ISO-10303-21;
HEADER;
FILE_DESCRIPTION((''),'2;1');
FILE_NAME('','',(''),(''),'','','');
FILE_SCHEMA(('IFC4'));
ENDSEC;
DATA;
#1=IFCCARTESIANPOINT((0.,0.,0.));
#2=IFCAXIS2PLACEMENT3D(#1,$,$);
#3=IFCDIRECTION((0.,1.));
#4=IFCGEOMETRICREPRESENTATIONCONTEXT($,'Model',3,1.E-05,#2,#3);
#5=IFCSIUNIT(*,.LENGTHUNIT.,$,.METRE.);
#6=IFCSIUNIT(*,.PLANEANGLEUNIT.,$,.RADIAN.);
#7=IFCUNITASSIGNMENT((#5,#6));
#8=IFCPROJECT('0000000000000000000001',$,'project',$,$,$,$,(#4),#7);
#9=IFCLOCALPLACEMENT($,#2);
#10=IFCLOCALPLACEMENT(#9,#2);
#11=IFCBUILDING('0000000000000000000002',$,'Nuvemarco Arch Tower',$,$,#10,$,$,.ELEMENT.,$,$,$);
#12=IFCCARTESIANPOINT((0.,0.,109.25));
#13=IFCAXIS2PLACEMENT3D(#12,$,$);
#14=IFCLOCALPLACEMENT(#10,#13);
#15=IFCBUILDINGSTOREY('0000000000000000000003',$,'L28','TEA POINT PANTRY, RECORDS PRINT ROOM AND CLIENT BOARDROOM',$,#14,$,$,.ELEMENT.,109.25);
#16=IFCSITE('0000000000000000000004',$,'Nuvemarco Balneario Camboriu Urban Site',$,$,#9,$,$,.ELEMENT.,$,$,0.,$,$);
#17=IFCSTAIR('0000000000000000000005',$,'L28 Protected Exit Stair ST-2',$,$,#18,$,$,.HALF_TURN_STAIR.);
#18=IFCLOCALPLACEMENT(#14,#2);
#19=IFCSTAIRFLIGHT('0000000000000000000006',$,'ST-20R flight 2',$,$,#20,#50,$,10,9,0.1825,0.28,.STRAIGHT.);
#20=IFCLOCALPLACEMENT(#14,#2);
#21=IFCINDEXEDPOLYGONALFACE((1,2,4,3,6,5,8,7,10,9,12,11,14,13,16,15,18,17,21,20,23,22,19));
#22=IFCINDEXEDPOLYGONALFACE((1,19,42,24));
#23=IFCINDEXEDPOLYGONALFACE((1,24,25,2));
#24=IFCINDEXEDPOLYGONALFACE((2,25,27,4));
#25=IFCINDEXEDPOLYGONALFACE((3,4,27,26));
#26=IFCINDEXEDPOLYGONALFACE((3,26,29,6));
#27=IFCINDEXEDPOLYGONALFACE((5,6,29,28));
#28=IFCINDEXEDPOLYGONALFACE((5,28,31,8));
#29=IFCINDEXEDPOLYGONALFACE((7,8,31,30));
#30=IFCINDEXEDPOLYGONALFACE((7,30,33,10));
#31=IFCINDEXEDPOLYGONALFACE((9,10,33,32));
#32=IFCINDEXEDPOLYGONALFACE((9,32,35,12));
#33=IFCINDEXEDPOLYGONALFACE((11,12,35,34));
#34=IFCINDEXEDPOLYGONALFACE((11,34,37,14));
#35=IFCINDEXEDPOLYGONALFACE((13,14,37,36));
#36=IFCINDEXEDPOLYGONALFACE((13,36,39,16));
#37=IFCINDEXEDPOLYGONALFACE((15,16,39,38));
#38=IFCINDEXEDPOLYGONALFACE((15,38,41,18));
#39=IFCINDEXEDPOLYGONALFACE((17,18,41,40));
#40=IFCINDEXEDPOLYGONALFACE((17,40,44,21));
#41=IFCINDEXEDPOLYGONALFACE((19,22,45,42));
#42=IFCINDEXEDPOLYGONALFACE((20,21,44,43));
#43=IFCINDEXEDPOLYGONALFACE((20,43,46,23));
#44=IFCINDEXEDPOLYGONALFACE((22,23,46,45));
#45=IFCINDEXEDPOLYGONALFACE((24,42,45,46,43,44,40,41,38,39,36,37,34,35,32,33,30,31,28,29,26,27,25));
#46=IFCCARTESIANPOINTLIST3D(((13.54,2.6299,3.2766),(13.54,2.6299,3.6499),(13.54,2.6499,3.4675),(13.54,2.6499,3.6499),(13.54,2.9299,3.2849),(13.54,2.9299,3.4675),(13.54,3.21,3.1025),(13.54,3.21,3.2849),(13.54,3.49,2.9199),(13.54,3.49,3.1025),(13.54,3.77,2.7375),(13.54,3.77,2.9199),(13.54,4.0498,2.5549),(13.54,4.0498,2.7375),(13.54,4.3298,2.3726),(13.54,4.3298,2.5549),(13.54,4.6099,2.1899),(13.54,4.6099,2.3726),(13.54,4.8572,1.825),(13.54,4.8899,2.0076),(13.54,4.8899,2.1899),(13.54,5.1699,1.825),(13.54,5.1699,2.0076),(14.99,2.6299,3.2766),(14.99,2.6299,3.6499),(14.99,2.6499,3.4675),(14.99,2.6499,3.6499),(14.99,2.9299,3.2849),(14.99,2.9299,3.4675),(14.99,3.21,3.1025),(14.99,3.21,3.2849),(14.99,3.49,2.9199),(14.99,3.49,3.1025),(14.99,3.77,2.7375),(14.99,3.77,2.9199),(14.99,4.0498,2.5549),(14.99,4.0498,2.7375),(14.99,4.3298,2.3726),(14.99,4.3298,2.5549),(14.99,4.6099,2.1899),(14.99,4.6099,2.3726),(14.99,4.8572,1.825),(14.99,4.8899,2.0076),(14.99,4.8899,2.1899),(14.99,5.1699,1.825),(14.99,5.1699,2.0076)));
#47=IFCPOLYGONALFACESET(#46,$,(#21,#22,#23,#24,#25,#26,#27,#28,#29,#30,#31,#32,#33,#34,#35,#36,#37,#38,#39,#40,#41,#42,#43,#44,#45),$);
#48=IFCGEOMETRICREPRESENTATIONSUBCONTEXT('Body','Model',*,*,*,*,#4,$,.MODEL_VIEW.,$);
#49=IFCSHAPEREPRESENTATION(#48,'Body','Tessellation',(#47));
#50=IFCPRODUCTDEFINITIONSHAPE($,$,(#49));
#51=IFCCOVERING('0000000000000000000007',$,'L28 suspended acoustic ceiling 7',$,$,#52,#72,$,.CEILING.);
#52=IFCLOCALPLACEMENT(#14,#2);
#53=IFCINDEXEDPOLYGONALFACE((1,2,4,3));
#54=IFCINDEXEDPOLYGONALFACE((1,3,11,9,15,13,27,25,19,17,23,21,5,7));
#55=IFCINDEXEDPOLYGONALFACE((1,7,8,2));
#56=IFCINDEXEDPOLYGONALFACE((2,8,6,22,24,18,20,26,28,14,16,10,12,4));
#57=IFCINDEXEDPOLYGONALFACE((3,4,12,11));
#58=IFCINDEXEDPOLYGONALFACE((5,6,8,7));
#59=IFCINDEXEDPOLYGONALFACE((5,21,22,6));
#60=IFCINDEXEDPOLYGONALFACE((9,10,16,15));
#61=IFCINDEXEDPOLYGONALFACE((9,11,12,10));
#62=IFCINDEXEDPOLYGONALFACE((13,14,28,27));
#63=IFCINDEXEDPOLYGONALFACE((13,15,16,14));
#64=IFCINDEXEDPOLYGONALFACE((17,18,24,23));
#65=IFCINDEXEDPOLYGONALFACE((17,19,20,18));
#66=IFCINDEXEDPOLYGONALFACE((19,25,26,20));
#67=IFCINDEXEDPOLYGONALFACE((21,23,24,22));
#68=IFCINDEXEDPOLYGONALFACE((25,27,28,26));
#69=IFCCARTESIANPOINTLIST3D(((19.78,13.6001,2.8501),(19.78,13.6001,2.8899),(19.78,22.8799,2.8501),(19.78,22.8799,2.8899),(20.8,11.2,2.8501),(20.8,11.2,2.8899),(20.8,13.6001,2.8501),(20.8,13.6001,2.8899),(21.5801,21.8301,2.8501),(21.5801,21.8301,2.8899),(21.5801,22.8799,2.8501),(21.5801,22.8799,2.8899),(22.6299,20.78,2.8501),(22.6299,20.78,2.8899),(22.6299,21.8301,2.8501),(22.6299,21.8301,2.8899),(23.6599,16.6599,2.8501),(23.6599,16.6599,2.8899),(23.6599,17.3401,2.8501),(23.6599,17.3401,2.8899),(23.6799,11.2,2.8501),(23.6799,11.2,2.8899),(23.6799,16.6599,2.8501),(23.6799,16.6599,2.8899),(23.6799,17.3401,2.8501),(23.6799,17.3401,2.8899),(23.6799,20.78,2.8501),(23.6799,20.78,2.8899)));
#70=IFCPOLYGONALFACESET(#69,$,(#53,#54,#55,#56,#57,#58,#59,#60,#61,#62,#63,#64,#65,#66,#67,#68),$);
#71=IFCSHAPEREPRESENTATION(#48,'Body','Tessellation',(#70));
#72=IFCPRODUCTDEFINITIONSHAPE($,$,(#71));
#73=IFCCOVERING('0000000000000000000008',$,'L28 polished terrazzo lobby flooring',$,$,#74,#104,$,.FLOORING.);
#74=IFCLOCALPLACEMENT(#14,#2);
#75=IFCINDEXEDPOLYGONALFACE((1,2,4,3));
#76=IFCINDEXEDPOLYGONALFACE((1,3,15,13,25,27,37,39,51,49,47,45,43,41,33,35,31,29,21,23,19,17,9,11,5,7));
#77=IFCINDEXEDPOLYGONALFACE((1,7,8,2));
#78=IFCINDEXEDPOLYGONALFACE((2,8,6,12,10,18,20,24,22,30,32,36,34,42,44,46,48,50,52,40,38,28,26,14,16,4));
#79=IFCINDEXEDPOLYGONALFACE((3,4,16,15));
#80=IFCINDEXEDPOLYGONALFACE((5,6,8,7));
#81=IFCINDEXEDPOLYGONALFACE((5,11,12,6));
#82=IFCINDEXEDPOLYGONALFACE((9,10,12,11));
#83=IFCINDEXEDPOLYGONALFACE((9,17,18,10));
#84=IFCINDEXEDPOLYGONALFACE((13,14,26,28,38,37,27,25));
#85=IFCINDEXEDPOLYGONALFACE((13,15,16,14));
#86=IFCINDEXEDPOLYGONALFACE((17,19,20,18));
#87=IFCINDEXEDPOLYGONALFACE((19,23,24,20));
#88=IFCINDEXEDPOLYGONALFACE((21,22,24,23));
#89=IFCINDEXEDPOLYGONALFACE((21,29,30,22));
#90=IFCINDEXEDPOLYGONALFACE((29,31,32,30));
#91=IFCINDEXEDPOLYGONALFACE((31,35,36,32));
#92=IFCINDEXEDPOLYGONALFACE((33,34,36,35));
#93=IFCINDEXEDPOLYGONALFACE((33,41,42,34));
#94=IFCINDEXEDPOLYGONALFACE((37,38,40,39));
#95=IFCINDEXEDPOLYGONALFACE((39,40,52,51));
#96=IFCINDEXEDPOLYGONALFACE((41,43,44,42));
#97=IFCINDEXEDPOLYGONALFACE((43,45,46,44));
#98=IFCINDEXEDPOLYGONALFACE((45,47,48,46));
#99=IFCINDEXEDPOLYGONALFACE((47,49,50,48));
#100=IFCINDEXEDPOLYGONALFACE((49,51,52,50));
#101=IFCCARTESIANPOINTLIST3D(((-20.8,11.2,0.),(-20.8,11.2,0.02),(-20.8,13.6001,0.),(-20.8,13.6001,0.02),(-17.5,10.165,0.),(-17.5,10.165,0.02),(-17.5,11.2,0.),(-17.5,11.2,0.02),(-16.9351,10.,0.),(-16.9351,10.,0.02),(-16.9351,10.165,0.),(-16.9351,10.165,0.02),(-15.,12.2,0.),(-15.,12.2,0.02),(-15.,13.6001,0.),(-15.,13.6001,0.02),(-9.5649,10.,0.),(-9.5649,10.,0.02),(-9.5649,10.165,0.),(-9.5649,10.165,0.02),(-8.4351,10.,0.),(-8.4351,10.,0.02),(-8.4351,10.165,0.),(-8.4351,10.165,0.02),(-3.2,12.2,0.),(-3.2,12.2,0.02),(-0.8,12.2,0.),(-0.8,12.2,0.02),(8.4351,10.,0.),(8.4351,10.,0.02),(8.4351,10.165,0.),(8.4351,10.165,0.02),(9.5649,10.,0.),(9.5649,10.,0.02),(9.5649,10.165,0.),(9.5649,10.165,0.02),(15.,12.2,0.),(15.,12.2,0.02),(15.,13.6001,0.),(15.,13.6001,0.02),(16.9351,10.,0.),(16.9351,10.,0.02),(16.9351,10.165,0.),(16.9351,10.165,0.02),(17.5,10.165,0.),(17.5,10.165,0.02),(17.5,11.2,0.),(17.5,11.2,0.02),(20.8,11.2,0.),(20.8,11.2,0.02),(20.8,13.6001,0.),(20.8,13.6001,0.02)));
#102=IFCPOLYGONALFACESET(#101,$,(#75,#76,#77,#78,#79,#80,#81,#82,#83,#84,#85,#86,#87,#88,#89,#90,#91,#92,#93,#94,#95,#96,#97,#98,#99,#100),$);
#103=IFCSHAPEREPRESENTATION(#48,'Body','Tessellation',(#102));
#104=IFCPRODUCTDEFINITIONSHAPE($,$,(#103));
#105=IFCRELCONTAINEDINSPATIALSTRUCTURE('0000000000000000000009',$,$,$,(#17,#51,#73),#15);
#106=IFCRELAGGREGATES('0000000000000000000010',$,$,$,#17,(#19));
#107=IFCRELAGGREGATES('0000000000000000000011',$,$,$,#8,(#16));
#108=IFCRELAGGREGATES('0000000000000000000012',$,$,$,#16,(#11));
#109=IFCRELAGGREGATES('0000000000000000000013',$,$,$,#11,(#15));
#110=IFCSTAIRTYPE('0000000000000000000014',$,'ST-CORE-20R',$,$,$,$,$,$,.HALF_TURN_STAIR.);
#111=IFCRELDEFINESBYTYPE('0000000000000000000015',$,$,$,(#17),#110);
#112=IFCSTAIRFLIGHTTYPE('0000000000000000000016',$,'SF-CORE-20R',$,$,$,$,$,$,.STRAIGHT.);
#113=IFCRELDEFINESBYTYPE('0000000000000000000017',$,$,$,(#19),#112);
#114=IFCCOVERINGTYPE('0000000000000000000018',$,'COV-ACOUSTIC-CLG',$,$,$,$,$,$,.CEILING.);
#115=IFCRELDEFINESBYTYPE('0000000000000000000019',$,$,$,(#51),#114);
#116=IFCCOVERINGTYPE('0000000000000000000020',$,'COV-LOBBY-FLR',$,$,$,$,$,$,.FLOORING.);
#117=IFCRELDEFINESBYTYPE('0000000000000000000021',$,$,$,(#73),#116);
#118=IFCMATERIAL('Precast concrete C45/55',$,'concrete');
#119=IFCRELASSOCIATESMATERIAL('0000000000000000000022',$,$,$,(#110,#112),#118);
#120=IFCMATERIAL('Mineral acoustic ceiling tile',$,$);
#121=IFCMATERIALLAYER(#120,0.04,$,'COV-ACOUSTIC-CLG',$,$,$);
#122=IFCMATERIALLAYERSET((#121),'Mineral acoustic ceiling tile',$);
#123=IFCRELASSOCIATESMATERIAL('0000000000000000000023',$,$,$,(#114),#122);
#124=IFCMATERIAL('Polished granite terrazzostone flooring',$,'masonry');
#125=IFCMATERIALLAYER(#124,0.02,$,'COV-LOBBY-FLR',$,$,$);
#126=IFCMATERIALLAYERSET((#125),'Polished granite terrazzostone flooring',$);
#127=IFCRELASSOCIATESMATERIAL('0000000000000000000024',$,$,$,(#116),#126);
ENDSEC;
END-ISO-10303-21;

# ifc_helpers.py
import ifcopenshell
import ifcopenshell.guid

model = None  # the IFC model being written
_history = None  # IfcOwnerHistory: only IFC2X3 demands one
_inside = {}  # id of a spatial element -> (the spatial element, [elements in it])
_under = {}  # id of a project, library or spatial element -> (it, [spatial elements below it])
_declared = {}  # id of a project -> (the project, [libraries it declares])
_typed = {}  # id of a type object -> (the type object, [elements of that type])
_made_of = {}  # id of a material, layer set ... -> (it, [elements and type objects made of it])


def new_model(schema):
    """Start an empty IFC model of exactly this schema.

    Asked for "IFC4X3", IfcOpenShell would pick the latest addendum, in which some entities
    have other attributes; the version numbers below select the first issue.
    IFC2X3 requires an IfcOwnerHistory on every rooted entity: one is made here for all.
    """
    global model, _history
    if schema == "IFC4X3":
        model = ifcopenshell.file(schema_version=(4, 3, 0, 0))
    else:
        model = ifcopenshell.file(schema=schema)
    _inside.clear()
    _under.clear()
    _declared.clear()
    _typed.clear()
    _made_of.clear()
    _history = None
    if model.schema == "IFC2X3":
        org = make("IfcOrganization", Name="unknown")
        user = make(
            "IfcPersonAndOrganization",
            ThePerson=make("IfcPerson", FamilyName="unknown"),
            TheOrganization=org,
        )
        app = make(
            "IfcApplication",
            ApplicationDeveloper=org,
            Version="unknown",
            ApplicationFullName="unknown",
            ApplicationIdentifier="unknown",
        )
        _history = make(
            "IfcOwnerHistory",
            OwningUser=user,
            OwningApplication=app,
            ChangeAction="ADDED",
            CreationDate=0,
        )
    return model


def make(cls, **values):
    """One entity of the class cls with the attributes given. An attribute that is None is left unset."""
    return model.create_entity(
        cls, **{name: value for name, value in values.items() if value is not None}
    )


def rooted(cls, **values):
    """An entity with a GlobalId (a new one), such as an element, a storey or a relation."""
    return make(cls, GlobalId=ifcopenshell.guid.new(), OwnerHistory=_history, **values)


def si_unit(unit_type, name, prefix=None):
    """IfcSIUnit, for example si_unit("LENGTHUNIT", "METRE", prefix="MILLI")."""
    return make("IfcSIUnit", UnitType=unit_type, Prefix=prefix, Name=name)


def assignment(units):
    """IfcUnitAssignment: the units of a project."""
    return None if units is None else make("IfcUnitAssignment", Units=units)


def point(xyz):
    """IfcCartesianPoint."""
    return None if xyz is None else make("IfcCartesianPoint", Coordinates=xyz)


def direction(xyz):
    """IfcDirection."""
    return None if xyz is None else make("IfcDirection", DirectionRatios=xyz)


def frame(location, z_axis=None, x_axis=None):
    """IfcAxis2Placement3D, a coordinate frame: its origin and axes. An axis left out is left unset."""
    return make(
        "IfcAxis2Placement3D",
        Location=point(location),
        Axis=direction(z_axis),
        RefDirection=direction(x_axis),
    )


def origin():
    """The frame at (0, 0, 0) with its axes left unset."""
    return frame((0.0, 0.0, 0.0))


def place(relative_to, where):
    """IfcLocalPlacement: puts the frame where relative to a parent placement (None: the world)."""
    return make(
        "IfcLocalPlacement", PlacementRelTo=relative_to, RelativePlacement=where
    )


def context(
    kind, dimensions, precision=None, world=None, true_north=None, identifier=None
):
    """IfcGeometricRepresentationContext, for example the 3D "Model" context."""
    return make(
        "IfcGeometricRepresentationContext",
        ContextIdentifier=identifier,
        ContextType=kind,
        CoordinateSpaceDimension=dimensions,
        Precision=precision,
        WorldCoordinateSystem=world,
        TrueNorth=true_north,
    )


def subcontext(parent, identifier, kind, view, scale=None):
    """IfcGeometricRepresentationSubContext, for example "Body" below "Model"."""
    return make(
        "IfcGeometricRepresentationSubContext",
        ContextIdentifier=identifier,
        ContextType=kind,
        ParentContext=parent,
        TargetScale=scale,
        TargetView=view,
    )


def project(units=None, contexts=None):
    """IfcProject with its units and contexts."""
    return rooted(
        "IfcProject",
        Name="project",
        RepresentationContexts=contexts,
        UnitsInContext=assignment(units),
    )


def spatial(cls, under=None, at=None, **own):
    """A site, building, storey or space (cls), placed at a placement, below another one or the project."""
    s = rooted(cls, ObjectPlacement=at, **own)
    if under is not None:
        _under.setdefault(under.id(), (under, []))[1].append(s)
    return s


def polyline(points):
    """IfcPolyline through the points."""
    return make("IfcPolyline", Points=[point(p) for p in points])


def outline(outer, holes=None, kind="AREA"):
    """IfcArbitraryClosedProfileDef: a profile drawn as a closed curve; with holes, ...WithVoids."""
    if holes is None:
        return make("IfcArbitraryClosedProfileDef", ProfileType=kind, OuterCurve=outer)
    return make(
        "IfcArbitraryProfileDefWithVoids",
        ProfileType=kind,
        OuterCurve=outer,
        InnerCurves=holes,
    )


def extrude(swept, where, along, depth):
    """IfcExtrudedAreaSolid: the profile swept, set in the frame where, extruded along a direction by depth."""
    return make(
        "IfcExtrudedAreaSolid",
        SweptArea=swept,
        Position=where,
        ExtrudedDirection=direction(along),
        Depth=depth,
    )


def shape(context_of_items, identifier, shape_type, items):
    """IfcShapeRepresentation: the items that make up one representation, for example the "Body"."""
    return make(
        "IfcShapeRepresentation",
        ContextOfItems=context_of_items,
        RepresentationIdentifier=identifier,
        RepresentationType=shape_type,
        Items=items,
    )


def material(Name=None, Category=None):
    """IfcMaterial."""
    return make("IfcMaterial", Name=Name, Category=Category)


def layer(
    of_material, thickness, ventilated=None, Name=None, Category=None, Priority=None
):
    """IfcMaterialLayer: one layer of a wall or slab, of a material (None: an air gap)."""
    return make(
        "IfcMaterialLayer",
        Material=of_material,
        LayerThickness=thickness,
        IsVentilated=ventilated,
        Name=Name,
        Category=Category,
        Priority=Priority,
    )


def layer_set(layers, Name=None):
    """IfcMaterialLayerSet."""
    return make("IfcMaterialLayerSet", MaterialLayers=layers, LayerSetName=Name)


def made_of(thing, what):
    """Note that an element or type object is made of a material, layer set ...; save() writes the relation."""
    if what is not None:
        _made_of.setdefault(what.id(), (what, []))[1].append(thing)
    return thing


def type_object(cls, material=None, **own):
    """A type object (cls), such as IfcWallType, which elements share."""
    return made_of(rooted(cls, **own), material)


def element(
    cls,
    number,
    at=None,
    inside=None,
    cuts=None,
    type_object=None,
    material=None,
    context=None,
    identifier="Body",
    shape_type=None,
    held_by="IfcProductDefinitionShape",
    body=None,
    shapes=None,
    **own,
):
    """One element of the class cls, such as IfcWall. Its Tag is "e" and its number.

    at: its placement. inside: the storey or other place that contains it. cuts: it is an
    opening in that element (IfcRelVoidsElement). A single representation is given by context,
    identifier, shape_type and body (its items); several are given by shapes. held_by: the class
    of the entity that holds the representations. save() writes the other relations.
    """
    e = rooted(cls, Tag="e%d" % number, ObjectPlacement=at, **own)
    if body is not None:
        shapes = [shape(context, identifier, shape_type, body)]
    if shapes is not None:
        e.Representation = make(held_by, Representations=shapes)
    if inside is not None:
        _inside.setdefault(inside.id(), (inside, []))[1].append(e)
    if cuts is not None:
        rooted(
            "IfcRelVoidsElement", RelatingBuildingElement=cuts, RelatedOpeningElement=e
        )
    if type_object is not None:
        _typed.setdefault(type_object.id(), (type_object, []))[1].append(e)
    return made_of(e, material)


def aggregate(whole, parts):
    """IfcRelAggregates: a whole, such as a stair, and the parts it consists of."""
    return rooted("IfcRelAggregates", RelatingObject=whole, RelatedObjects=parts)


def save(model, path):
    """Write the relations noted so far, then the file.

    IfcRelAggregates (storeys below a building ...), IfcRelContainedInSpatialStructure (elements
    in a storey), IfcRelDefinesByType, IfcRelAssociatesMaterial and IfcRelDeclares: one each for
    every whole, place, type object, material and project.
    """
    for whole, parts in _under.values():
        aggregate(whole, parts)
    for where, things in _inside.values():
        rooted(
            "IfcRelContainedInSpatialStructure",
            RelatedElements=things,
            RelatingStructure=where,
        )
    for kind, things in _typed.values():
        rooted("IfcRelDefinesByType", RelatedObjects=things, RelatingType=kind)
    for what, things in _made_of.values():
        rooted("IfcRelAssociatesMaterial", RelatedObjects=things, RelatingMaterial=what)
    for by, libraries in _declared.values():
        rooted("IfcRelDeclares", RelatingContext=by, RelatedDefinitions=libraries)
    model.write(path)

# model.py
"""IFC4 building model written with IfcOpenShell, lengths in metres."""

from ifc_helpers import new_model, si_unit, direction, frame, origin, place, context, subcontext, project, spatial, polyline, outline, extrude, material, layer, layer_set, type_object, element, aggregate, save


model = new_model("IFC4")

# Units and contexts
model_context = context("Model", 3, precision=1e-05, world=origin(), true_north=direction((0.0, 1.0)))
body_context = subcontext(model_context, "Body", "Model", "MODEL_VIEW")
ifc_project = project(units=[si_unit("LENGTHUNIT", "METRE"), si_unit("PLANEANGLEUNIT", "RADIAN")], contexts=[model_context])

# Site, building, storey
site_placement = place(None, origin())
site = spatial("IfcSite", under=ifc_project, at=site_placement, Name="Nuvemarco Balneario Camboriu Urban Site", CompositionType="ELEMENT", RefElevation=0.0)
building_placement = place(site_placement, origin())
building = spatial("IfcBuilding", under=site, at=building_placement, Name="Nuvemarco Arch Tower", CompositionType="ELEMENT")
storey_placement = place(building_placement, frame((0.0, 0.0, 109.25)))
storey = spatial("IfcBuildingStorey", under=building, at=storey_placement, Name="L28", Description="TEA POINT PANTRY, RECORDS PRINT ROOM AND CLIENT BOARDROOM", CompositionType="ELEMENT", Elevation=109.25)

# Stair, stair flight
ifc_material_1 = material(Name="Precast concrete C45/55", Category="concrete")
stair_type = type_object("IfcStairType", Name="ST-CORE-20R", PredefinedType="HALF_TURN_STAIR", material=ifc_material_1)
stair_placement = place(storey_placement, origin())
stair = element("IfcStair", 1, at=stair_placement, inside=storey, type_object=stair_type, Name="L28 Protected Exit Stair ST-2", PredefinedType="HALF_TURN_STAIR")
stair_flight_type = type_object("IfcStairFlightType", Name="SF-CORE-20R", PredefinedType="STRAIGHT", material=ifc_material_1)
stair_flight_placement = place(storey_placement, frame((14.2649, 5.1699, 1.825), z_axis=(0.0, 0.0, 1.0), x_axis=(0.0, -1.0, 0.0)))
stair_flight = element("IfcStairFlight", 2, at=stair_flight_placement, type_object=stair_flight_type, Name="ST-20R flight 2", NumberOfRisers=10, NumberOfTreads=9, PredefinedType="STRAIGHT", RiserHeight=0.1825, TreadLength=0.28, context=body_context, shape_type="SweptSolid", body=[
    extrude(outline(polyline([(0.0, 0.0), (0.0, 0.1826), (0.28, 0.1826), (0.28, 0.365), (0.5601, 0.365), (0.5601, 0.5476), (0.8401, 0.5476), (0.8401, 0.73), (1.1201, 0.73), (1.1201, 0.9126), (1.3999, 0.9126), (1.3999, 1.095), (1.6799, 1.095), (1.6799, 1.2776), (1.96, 1.2776), (1.96, 1.46), (2.24, 1.46), (2.24, 1.6426), (2.52, 1.6426), (2.52, 1.825), (2.54, 1.825), (2.54, 1.4517), (0.3127, 0.0), (0.0, 0.0)])), frame((0.0, 0.7251, 0.0), z_axis=(0.0, -1.0, 0.0), x_axis=(1.0, 0.0, 0.0)), (0.0, 0.0, 1.0), 1.45),
])
aggregate(stair, [stair_flight])

# Coverings
ifc_material_2 = material(Name="Mineral acoustic ceiling tile")
ifc_layer_1 = layer(ifc_material_2, 0.04, Name="COV-ACOUSTIC-CLG")
ifc_layer_set_1 = layer_set([ifc_layer_1], Name="Mineral acoustic ceiling tile")
covering_type_1 = type_object("IfcCoveringType", Name="COV-ACOUSTIC-CLG", PredefinedType="CEILING", material=ifc_layer_set_1)
covering_1_placement = place(storey_placement, frame((0.0, 0.0, 2.8501)))
element("IfcCovering", 3, at=covering_1_placement, inside=storey, type_object=covering_type_1, Name="L28 suspended acoustic ceiling 7", PredefinedType="CEILING", context=body_context, shape_type="SweptSolid", body=[
    extrude(outline(polyline([(23.6799, 20.78), (23.6799, 17.3401), (23.6599, 17.3401), (23.6599, 16.6599), (23.6799, 16.6599), (23.6799, 11.2), (20.8, 11.2), (20.8, 13.6001), (19.78, 13.6001), (19.78, 22.8799), (21.5801, 22.8799), (21.5801, 21.8301), (22.6299, 21.8301), (22.6299, 20.78), (23.6799, 20.78)])), origin(), (0.0, 0.0, 1.0), 0.0398),
])
ifc_material_3 = material(Name="Polished granite terrazzostone flooring", Category="masonry")
ifc_layer_2 = layer(ifc_material_3, 0.02, Name="COV-LOBBY-FLR")
ifc_layer_set_2 = layer_set([ifc_layer_2], Name="Polished granite terrazzostone flooring")
covering_type_2 = type_object("IfcCoveringType", Name="COV-LOBBY-FLR", PredefinedType="FLOORING", material=ifc_layer_set_2)
covering_2_placement = place(storey_placement, origin())
element("IfcCovering", 4, at=covering_2_placement, inside=storey, type_object=covering_type_2, Name="L28 polished terrazzo lobby flooring", PredefinedType="FLOORING", context=body_context, shape_type="SweptSolid", body=[
    extrude(outline(polyline([(-8.4351, 10.165), (-9.5649, 10.165), (-9.5649, 10.0), (-16.9351, 10.0), (-16.9351, 10.165), (-17.5, 10.165), (-17.5, 11.2), (-20.8, 11.2), (-20.8, 13.6001), (-15.0, 13.6001), (-15.0, 12.2), (-3.2, 12.2), (-0.8, 12.2), (15.0, 12.2), (15.0, 13.6001), (20.8, 13.6001), (20.8, 11.2), (17.5, 11.2), (17.5, 10.165), (16.9351, 10.165), (16.9351, 10.0), (9.5649, 10.0), (9.5649, 10.165), (8.4351, 10.165), (8.4351, 10.0), (-8.4351, 10.0), (-8.4351, 10.165)])), origin(), (0.0, 0.0, 1.0), 0.02),
])

save(model, "model.ifc")
